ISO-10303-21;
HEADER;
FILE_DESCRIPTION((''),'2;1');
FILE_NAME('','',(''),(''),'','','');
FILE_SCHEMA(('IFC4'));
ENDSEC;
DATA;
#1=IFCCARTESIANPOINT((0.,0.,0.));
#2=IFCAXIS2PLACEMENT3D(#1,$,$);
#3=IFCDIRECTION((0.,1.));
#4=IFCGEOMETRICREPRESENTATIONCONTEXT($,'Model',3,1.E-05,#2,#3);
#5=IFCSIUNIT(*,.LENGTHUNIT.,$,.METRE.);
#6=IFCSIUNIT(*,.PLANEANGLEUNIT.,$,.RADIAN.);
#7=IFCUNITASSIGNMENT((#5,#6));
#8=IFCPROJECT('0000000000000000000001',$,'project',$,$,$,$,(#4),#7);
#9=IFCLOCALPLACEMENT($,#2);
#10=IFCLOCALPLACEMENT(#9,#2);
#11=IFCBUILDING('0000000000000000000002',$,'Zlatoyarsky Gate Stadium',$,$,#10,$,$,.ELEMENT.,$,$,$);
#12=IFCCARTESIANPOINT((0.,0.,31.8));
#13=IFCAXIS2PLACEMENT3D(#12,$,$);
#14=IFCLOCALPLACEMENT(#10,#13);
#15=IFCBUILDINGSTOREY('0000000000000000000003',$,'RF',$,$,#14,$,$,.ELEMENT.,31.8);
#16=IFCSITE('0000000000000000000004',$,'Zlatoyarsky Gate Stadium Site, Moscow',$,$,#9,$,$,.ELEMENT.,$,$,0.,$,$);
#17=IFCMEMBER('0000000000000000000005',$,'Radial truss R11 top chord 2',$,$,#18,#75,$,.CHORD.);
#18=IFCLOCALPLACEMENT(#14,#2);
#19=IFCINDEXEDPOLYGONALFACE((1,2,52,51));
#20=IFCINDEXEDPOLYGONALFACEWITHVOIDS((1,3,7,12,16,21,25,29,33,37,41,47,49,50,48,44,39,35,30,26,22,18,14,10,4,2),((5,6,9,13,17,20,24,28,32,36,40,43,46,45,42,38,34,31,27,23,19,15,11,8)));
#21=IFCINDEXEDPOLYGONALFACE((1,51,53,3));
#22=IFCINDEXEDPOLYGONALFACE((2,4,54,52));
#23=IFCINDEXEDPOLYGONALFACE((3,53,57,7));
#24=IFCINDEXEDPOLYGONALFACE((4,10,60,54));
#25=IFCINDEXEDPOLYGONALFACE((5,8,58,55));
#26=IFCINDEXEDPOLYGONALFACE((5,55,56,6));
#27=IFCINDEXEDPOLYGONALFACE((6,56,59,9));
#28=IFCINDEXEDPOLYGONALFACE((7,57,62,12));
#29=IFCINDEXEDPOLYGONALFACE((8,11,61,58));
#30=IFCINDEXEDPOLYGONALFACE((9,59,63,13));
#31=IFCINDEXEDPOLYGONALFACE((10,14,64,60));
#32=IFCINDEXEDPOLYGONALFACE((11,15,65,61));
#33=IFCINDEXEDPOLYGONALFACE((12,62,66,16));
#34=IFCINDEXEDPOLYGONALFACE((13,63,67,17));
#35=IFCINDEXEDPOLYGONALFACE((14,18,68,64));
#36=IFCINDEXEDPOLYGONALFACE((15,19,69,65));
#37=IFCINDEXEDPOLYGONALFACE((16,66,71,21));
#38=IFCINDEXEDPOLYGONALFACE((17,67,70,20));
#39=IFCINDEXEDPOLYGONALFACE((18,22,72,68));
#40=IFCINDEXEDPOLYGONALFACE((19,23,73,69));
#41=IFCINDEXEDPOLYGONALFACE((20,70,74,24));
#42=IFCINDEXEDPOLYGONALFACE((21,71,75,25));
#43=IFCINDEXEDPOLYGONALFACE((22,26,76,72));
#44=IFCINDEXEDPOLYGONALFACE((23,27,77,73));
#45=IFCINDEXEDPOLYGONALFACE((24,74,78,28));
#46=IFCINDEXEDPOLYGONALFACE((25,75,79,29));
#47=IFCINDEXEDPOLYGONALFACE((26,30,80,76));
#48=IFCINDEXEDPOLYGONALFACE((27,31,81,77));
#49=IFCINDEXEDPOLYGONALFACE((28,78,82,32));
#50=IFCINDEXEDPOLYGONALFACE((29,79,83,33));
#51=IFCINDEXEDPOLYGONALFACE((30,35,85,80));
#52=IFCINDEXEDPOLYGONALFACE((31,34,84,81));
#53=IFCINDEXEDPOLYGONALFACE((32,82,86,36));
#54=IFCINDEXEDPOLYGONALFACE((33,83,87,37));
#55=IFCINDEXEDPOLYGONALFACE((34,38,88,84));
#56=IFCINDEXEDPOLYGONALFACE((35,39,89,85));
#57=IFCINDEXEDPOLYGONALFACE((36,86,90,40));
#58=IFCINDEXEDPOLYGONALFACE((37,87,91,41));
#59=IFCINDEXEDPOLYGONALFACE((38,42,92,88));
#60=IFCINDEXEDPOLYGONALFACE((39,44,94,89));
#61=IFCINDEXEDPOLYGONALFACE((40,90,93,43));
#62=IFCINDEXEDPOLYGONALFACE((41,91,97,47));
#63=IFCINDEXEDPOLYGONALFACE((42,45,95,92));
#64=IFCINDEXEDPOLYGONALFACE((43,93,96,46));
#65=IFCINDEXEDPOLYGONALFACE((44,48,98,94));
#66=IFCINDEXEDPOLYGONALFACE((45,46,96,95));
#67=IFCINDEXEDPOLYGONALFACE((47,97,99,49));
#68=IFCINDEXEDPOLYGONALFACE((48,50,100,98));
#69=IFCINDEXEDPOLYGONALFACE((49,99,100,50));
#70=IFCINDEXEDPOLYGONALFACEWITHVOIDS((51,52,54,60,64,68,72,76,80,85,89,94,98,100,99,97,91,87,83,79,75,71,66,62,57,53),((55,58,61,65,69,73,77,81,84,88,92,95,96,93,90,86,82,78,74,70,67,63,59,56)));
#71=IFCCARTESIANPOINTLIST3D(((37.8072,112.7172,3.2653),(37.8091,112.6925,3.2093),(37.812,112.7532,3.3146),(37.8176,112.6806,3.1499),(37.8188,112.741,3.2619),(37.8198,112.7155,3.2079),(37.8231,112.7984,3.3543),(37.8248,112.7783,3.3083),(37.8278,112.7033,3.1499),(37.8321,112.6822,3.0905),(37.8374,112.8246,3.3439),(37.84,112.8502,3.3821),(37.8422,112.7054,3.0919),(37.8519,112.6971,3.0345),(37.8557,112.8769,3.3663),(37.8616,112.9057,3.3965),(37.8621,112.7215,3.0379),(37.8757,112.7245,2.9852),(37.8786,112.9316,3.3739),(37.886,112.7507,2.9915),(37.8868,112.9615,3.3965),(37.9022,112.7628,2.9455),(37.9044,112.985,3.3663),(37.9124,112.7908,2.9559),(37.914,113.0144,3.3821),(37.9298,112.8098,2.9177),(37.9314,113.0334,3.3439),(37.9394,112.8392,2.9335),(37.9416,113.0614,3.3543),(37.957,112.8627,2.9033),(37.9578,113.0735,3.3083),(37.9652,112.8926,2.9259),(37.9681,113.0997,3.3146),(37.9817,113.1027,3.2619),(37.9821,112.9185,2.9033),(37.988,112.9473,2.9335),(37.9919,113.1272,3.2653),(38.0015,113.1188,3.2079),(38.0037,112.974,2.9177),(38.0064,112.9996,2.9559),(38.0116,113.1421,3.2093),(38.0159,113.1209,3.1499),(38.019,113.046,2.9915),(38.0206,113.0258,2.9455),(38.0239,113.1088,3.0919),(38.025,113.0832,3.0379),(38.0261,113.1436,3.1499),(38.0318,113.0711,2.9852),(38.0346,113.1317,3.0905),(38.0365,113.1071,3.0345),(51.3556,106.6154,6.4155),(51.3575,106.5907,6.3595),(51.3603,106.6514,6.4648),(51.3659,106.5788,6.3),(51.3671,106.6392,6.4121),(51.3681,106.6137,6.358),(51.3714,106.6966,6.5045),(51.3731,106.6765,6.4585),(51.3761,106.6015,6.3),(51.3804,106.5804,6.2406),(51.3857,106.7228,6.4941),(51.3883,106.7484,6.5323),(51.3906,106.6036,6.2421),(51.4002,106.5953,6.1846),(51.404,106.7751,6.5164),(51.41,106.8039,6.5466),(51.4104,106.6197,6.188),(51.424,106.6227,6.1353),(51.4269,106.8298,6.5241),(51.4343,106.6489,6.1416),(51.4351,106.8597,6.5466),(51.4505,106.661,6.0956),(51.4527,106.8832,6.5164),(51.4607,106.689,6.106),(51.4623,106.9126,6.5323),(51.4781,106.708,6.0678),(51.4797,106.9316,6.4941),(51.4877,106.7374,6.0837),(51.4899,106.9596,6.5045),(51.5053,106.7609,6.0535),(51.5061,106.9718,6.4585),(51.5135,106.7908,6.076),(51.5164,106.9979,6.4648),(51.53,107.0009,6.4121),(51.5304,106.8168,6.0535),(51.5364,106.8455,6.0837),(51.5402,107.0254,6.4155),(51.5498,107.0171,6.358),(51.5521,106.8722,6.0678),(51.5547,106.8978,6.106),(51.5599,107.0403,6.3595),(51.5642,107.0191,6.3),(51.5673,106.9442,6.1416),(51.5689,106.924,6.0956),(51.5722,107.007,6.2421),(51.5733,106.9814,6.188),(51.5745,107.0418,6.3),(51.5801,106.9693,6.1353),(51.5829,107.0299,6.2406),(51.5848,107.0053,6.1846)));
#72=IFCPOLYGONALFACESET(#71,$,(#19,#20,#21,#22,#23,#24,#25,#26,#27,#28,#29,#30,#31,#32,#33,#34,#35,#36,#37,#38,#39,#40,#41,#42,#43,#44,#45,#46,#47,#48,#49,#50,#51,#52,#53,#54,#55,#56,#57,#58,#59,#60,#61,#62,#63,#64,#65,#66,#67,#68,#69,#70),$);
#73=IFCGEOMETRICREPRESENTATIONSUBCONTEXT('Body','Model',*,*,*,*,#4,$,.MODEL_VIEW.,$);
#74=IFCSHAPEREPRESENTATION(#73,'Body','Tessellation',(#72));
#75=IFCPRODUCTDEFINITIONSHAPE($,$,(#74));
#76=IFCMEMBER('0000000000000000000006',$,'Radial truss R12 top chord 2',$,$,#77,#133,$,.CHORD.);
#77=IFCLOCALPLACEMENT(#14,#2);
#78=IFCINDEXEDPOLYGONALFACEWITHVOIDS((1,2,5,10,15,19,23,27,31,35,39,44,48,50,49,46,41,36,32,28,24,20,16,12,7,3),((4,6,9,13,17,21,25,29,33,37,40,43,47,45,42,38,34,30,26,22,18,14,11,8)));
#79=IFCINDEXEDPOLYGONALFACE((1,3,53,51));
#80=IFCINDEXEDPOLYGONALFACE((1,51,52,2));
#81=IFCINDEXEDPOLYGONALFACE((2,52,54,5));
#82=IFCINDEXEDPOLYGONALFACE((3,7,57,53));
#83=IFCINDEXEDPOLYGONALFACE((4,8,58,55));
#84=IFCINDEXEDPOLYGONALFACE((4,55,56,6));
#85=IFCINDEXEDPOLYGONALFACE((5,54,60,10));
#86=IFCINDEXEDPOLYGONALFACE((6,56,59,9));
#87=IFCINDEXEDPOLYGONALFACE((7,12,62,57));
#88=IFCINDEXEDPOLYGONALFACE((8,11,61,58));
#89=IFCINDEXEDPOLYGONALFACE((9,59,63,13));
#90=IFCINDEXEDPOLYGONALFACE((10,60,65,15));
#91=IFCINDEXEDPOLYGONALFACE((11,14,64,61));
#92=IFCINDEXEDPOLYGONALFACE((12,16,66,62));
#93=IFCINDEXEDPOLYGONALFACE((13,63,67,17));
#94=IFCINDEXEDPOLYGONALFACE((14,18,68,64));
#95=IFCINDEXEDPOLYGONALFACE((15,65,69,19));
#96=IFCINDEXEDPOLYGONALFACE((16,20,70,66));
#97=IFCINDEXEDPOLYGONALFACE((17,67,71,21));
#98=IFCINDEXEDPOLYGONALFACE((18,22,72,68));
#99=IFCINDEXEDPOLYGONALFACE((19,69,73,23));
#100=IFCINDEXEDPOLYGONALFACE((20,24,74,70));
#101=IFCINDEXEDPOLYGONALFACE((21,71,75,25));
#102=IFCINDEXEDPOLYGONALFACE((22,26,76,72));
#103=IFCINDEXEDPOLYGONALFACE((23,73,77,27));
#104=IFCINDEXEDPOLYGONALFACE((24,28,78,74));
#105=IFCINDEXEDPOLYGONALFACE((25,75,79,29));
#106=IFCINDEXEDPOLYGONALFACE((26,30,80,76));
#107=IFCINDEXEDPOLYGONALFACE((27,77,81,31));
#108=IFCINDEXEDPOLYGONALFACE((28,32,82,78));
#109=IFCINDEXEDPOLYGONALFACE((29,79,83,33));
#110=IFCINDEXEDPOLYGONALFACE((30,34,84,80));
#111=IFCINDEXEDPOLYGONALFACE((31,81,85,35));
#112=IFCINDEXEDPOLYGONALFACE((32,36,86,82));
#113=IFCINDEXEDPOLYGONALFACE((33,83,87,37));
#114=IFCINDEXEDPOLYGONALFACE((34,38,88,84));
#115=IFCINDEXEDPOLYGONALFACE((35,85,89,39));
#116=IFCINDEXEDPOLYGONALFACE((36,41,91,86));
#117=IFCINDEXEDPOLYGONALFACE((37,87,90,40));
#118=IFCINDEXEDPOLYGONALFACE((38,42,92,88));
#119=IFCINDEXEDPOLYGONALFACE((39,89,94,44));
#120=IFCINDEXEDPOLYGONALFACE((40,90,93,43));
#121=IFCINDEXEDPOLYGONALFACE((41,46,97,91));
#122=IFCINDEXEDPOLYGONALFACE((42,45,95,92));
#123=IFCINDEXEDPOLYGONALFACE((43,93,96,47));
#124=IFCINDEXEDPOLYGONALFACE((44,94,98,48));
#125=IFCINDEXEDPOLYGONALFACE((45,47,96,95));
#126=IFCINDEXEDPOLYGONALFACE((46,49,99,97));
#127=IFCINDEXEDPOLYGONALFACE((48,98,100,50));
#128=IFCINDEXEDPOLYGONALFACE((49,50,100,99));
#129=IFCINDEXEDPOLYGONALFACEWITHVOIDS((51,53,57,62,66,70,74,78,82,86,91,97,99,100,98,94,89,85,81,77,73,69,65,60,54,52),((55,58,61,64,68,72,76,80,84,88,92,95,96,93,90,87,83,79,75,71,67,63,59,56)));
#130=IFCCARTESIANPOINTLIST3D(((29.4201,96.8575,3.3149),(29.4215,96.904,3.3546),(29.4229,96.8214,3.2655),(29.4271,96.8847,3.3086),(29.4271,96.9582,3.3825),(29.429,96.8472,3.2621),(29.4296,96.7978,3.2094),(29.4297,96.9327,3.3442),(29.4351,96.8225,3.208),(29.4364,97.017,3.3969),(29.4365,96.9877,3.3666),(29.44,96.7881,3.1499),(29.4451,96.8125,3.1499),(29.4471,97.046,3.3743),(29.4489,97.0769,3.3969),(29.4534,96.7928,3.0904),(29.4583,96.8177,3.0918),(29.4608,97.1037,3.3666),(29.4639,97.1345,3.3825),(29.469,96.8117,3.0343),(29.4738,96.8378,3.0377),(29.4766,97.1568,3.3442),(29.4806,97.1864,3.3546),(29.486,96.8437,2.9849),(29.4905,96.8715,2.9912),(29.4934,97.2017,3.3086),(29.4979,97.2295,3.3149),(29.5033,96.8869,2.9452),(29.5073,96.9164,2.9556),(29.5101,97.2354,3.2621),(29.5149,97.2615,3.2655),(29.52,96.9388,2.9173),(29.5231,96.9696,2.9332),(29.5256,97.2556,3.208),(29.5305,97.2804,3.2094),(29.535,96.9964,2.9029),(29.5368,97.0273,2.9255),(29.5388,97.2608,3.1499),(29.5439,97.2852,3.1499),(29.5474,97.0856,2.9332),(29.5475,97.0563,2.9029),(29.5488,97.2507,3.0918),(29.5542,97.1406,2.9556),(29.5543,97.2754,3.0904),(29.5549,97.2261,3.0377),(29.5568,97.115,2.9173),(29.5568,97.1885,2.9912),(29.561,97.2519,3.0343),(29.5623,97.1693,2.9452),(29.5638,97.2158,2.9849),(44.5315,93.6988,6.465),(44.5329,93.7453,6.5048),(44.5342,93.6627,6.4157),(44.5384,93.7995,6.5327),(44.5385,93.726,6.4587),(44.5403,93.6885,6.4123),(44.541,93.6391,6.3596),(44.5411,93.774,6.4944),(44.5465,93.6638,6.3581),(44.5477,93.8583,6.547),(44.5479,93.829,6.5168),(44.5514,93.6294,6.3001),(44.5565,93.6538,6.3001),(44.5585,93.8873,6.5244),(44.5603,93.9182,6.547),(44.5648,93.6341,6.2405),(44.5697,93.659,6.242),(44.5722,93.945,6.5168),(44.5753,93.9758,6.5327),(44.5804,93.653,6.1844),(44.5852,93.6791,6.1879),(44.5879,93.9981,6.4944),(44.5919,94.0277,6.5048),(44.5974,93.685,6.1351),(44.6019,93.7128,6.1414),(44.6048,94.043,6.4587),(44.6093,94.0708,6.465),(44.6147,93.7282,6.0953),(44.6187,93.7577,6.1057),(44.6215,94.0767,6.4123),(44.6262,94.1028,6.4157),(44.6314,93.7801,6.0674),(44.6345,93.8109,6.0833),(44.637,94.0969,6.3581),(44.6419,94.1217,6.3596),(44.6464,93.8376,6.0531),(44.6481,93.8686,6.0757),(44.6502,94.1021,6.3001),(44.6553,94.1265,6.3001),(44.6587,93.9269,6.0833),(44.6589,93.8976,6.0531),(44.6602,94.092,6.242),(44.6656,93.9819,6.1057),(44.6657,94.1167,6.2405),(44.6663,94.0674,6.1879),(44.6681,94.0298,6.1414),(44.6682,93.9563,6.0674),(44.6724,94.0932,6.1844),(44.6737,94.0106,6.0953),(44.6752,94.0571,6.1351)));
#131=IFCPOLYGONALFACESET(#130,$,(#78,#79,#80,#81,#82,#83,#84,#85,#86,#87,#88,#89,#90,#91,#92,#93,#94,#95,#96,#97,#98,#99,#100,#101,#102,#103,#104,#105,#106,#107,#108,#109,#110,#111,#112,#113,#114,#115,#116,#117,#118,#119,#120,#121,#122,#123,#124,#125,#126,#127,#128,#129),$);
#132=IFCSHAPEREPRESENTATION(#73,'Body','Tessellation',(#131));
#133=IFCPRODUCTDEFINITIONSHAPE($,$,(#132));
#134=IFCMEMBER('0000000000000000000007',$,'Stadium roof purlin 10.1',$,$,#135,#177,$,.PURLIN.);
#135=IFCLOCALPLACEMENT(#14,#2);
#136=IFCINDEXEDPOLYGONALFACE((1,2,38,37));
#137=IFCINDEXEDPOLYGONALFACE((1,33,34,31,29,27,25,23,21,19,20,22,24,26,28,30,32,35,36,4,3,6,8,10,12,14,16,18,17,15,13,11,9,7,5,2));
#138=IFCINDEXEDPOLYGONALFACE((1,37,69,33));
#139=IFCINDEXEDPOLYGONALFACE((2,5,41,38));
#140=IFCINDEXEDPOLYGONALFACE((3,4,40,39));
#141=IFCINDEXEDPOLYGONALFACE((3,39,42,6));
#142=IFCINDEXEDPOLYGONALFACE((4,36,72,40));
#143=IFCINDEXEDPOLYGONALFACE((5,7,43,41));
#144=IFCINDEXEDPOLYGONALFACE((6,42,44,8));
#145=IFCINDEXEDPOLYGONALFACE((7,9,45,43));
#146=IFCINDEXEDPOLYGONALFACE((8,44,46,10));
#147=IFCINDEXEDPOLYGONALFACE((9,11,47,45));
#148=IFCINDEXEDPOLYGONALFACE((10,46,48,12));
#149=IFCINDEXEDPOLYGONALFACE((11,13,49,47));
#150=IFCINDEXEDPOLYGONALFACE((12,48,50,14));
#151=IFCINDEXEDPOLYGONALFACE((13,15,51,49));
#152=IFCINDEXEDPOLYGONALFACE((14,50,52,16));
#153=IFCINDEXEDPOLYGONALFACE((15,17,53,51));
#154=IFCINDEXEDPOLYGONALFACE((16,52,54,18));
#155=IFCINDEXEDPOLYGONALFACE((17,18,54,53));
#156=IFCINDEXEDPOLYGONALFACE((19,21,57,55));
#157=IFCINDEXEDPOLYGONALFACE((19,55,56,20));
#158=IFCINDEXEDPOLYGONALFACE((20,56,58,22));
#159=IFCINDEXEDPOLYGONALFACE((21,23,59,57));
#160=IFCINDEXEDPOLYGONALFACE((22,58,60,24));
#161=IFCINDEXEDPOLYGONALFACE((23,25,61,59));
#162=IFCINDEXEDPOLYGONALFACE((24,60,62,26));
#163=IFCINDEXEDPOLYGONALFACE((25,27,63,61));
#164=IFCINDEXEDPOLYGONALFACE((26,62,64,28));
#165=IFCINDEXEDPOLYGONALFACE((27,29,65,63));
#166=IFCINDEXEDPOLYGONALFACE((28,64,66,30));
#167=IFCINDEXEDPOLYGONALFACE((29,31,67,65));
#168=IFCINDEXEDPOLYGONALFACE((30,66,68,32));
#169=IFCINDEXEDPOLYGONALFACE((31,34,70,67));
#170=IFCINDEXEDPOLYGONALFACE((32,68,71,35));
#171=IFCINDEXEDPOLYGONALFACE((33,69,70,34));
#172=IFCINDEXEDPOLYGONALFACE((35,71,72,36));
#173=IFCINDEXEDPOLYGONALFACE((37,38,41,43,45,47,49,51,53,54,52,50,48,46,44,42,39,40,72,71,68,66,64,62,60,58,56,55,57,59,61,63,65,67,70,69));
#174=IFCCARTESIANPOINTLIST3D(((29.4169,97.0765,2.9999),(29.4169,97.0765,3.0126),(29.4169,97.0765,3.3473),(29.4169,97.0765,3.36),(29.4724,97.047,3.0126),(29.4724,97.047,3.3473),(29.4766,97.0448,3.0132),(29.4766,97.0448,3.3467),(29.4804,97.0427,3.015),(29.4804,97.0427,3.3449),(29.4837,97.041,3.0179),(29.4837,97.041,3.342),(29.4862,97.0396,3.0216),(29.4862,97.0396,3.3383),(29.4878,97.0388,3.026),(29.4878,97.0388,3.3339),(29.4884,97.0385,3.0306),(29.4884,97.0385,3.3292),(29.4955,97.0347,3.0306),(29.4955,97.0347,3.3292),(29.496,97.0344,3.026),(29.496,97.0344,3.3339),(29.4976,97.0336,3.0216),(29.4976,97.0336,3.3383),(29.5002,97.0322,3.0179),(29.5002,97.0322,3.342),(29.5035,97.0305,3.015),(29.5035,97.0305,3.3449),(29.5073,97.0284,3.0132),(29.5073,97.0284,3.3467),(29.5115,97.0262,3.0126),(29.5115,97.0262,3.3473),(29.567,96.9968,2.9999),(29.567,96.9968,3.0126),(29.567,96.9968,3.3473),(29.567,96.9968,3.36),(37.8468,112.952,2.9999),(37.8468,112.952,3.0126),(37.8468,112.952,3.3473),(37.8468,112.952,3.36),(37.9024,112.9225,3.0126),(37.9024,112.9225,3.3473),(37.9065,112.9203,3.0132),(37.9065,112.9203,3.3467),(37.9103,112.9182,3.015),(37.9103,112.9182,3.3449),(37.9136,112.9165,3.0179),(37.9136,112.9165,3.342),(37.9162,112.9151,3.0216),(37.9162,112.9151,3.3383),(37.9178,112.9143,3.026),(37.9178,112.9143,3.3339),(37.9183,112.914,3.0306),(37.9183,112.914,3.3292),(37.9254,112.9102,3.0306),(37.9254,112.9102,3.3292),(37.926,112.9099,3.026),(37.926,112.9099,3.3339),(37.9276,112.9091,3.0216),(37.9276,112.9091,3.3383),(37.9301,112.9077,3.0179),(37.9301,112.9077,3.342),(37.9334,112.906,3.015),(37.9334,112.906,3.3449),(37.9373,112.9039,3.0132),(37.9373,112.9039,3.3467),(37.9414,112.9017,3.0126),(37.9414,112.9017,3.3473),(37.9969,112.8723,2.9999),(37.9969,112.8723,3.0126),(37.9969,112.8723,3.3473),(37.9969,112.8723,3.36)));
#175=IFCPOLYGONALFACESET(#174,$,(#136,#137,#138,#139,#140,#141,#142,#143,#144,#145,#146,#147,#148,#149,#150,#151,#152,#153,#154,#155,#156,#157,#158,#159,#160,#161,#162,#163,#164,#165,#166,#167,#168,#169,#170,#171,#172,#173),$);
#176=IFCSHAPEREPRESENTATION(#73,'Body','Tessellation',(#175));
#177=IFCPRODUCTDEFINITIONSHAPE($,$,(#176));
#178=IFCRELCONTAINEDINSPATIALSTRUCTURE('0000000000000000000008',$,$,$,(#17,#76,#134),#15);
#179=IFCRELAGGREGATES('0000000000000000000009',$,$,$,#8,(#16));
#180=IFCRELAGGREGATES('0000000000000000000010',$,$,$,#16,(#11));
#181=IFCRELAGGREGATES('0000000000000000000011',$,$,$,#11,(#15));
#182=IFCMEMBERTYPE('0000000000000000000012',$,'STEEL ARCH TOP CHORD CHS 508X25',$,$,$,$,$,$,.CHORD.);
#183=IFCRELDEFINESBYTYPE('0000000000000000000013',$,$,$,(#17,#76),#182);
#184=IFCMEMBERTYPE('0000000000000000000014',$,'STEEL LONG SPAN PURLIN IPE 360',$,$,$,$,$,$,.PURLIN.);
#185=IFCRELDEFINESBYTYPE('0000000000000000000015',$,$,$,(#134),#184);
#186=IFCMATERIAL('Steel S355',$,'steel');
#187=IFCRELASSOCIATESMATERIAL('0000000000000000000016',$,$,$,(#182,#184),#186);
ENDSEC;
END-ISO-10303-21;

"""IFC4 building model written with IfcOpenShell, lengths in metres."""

from ifc_helpers import new_model, si_unit, direction, frame, origin, origin_2d, place, context, subcontext, project, spatial, hollow_circle, i_section, extrude, material, material_profile, profile_set, type_object, element, save


model = new_model("IFC4")

# Units and contexts
model_context = context("Model", 3, precision=1e-05, world=origin(), true_north=direction((0.0, 1.0)))
body_context = subcontext(model_context, "Body", "Model", "MODEL_VIEW")
ifc_project = project(units=[si_unit("LENGTHUNIT", "METRE"), si_unit("PLANEANGLEUNIT", "RADIAN")], contexts=[model_context])

# Site, building, storey
site_placement = place(None, origin())
site = spatial("IfcSite", under=ifc_project, at=site_placement, Name="Zlatoyarsky Gate Stadium Site, Moscow", CompositionType="ELEMENT", RefElevation=0.0)
building_placement = place(site_placement, origin())
building = spatial("IfcBuilding", under=site, at=building_placement, Name="Zlatoyarsky Gate Stadium", CompositionType="ELEMENT")
storey_placement = place(building_placement, frame((0.0, 0.0, 31.8)))
storey = spatial("IfcBuildingStorey", under=building, at=storey_placement, Name="RF", CompositionType="ELEMENT", Elevation=31.8)

# Members
ifc_material_1 = material(Name="Steel S355", Category="steel")
ifc_material_profile_1 = material_profile(ifc_material_1, hollow_circle(Radius=0.2539, WallThickness=0.0249, at=origin_2d()), Name="CHS 508X25")
ifc_profile_set_1 = profile_set([ifc_material_profile_1], Name="Steel S355")
member_type_1 = type_object("IfcMemberType", Name="STEEL ARCH TOP CHORD CHS 508X25", PredefinedType="CHORD", material=ifc_profile_set_1)
member_1_placement = place(storey_placement, frame((37.9219, 112.9121, 3.1499), z_axis=(0.89197, -0.401719, 0.207393), x_axis=(0.410647, 0.911794, 0.0)))
element("IfcMember", 1, at=member_1_placement, inside=storey, type_object=member_type_1, Name="Radial truss R11 top chord 2", PredefinedType="CHORD", context=body_context, shape_type="SweptSolid", body=[
    extrude(hollow_circle(Radius=0.2539, WallThickness=0.0249, at=origin_2d()), origin(), (0.0, 0.0, 1.0), 15.1892),
])
member_2_placement = place(storey_placement, frame((29.4919, 97.0366, 3.1499), z_axis=(0.959081, -0.200475, 0.199933), x_axis=(0.204606, 0.978844, 0.0)))
element("IfcMember", 2, at=member_2_placement, inside=storey, type_object=member_type_1, Name="Radial truss R12 top chord 2", PredefinedType="CHORD", context=body_context, shape_type="SweptSolid", body=[
    extrude(hollow_circle(Radius=0.2539, WallThickness=0.0249, at=origin_2d()), origin(), (0.0, 0.0, 1.0), 15.7561),
])
ifc_material_profile_2 = material_profile(ifc_material_1, i_section(OverallWidth=0.1699, OverallDepth=0.3601, WebThickness=0.0081, FlangeThickness=0.0127, FilletRadius=0.0181, at=origin_2d()), Name="IPE 360")
ifc_profile_set_2 = profile_set([ifc_material_profile_2], Name="Steel S355")
member_type_2 = type_object("IfcMemberType", Name="STEEL LONG SPAN PURLIN IPE 360", PredefinedType="PURLIN", material=ifc_profile_set_2)
member_3_placement = place(storey_placement, frame((37.9219, 112.9121, 3.1799), z_axis=(-0.468985, -0.883206, 0.0), x_axis=(0.883206, -0.468985, 0.0)))
element("IfcMember", 3, at=member_3_placement, inside=storey, type_object=member_type_2, Name="Stadium roof purlin 10.1", PredefinedType="PURLIN", context=body_context, shape_type="SweptSolid", body=[
    extrude(i_section(OverallWidth=0.1699, OverallDepth=0.3601, WebThickness=0.0081, FlangeThickness=0.0127, FilletRadius=0.0181, at=origin_2d()), origin(), (0.0, 0.0, 1.0), 17.9749),
])

save(model, "model.ifc")
